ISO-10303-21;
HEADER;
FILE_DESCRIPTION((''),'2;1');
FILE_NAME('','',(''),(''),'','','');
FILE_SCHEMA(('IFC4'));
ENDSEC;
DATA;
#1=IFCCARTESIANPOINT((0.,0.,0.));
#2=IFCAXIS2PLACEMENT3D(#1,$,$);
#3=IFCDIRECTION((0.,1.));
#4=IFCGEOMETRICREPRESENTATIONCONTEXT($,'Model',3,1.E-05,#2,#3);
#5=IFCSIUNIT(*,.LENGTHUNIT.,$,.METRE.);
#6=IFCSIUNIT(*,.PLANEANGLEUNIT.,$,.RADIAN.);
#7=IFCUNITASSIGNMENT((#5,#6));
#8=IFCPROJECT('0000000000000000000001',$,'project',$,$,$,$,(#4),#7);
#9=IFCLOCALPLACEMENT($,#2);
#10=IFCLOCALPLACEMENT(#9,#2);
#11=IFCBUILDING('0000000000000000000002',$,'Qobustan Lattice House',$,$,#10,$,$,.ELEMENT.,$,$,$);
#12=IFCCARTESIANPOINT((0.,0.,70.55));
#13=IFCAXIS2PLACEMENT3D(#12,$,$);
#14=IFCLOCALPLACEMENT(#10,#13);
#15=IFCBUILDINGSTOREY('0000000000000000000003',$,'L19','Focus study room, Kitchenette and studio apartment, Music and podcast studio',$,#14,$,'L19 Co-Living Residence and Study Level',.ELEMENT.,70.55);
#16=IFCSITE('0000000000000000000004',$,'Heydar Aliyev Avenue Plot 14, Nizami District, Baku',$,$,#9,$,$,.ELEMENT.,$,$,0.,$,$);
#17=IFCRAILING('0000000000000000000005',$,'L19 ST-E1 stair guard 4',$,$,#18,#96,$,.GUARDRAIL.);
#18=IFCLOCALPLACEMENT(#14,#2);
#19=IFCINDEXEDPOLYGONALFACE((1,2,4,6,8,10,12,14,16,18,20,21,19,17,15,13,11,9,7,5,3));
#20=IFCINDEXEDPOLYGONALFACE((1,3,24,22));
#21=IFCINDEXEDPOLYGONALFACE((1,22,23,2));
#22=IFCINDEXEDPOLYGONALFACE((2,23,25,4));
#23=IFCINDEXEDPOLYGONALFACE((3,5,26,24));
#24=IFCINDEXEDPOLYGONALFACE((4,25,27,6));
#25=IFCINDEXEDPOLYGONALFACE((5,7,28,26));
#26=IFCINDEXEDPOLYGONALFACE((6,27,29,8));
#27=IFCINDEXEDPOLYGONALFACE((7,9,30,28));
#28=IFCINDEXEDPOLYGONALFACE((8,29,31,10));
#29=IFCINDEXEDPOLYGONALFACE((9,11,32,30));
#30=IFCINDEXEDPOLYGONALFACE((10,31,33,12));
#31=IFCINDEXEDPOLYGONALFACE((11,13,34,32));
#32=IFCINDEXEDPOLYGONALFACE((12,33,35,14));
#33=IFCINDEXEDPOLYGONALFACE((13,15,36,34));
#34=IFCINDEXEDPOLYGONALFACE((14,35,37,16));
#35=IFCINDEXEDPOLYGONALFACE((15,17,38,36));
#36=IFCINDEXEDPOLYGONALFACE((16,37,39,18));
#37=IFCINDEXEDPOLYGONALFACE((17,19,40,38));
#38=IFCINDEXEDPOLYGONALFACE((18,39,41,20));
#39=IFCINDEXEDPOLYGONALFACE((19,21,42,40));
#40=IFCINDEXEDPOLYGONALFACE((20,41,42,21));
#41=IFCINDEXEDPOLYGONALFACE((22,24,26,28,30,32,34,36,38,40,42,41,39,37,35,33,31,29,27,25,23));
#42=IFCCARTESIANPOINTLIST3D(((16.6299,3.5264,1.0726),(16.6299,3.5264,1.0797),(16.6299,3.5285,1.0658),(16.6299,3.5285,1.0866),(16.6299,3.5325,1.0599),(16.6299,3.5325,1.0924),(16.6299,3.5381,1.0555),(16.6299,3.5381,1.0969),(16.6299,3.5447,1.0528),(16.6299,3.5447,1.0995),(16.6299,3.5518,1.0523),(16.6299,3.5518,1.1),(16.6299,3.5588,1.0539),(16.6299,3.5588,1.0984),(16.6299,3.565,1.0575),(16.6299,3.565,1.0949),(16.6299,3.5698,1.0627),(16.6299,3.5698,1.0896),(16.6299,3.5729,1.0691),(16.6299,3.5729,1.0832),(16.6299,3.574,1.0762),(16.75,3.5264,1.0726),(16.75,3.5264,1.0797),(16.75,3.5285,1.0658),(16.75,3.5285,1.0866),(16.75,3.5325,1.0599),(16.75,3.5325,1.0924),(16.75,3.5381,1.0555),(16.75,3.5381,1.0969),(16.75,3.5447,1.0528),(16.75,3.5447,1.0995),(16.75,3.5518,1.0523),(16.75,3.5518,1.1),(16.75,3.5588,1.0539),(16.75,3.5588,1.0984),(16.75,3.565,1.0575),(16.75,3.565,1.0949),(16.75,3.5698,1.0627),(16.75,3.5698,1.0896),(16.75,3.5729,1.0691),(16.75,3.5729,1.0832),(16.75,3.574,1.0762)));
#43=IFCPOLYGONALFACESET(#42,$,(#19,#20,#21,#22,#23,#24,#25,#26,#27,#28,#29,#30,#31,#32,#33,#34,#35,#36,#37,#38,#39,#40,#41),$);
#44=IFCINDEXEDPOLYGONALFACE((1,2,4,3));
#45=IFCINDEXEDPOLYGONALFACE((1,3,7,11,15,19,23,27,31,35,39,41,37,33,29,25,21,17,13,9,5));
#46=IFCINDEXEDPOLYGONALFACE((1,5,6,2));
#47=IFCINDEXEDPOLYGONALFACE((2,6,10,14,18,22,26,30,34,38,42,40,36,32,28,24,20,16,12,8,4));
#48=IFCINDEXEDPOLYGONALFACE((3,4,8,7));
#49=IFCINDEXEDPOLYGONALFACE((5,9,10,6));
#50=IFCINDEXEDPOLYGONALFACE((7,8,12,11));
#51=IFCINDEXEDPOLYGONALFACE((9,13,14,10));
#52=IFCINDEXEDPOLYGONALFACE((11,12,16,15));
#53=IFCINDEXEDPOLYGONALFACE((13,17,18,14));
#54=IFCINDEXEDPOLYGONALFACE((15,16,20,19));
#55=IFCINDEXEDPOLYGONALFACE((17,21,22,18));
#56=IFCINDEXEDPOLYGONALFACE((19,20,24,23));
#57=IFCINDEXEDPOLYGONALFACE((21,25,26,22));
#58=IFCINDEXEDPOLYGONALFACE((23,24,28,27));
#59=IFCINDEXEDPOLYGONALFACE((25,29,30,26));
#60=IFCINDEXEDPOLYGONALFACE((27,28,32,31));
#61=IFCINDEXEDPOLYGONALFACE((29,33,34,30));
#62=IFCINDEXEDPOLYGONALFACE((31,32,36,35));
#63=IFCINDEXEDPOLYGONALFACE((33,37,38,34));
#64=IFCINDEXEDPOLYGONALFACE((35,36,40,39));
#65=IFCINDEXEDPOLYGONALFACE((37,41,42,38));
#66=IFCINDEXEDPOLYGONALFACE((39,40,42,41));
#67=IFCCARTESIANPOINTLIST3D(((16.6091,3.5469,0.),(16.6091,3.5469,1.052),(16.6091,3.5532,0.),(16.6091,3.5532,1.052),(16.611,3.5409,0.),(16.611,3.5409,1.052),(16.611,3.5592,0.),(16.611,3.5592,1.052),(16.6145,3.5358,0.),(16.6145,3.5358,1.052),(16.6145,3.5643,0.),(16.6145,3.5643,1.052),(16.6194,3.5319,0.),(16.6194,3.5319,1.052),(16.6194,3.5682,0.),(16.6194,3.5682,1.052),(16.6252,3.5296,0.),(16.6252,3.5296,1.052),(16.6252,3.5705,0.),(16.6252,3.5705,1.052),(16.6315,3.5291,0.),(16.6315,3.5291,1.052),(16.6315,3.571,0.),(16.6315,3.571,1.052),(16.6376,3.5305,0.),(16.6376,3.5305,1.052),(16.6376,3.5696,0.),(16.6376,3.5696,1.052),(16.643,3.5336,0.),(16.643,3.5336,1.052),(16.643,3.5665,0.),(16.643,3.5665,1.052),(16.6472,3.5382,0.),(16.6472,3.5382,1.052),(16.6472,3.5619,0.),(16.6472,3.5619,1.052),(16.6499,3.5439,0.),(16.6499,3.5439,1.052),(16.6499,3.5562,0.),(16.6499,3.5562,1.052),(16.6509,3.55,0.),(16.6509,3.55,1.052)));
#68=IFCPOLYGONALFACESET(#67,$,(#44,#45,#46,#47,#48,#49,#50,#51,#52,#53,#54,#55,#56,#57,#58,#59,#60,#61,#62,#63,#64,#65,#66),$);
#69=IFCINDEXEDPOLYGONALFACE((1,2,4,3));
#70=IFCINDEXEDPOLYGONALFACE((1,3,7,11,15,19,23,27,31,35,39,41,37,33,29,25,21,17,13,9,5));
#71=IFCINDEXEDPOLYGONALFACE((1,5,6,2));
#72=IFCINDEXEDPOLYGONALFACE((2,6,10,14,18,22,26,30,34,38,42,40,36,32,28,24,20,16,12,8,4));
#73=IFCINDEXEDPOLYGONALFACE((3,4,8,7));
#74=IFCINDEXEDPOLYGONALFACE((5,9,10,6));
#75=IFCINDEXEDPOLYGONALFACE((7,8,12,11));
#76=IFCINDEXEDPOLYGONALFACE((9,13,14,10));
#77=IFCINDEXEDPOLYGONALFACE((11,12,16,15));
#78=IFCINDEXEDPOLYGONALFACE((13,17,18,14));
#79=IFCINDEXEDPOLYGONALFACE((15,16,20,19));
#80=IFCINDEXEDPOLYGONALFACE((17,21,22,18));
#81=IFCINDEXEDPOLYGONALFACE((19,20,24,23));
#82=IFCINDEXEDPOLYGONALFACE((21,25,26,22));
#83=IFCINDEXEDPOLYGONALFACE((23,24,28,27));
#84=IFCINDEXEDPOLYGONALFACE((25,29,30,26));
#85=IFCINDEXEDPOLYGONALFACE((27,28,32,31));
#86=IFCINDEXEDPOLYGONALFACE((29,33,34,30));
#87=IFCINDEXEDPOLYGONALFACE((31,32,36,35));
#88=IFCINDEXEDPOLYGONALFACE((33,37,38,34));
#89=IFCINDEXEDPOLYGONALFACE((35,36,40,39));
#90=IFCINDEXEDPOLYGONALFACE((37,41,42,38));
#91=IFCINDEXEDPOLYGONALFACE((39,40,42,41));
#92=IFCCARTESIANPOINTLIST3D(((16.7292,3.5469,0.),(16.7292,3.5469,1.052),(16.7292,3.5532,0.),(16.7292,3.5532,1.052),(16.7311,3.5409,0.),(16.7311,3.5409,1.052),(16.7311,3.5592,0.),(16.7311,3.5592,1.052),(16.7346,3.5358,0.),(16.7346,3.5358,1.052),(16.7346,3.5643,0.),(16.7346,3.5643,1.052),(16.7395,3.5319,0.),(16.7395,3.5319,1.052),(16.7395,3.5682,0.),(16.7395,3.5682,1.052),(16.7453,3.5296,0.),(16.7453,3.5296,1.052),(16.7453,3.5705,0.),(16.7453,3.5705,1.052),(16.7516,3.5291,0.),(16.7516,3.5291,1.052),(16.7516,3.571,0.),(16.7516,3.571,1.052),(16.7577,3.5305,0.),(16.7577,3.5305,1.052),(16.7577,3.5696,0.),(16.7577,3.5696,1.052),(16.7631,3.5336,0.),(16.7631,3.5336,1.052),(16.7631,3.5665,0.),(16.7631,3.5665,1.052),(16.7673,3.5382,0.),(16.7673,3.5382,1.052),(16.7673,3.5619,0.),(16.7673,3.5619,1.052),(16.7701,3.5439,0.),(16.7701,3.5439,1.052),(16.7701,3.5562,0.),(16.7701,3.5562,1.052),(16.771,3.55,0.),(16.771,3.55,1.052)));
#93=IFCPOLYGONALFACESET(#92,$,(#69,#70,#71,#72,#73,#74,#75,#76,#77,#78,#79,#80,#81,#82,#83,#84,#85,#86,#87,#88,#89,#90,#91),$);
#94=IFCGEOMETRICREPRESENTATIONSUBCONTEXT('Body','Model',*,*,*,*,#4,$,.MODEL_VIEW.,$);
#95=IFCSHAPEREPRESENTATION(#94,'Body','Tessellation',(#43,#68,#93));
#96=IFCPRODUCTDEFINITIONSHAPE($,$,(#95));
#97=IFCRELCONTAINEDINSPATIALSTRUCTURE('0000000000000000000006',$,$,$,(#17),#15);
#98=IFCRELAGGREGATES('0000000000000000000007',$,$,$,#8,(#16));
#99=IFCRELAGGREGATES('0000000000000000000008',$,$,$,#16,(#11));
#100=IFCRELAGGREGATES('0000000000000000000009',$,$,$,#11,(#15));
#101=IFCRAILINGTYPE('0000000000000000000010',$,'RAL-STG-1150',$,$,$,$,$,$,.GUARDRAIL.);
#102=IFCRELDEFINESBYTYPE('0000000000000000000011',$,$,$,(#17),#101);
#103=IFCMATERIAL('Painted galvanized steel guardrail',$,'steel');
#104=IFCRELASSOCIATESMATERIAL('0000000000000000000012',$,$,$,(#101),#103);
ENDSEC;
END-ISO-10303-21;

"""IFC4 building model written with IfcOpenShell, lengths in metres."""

from ifc_helpers import new_model, si_unit, direction, frame, origin, origin_2d, place, context, subcontext, project, spatial, circle, extrude, material, type_object, element, save


model = new_model("IFC4")

# Units and contexts
model_context = context("Model", 3, precision=1e-05, world=origin(), true_north=direction((0.0, 1.0)))
body_context = subcontext(model_context, "Body", "Model", "MODEL_VIEW")
ifc_project = project(units=[si_unit("LENGTHUNIT", "METRE"), si_unit("PLANEANGLEUNIT", "RADIAN")], contexts=[model_context])

# Site, building, storey
site_placement = place(None, origin())
site = spatial("IfcSite", under=ifc_project, at=site_placement, Name="Heydar Aliyev Avenue Plot 14, Nizami District, Baku", CompositionType="ELEMENT", RefElevation=0.0)
building_placement = place(site_placement, origin())
building = spatial("IfcBuilding", under=site, at=building_placement, Name="Qobustan Lattice House", CompositionType="ELEMENT")
storey_placement = place(building_placement, frame((0.0, 0.0, 70.55)))
storey = spatial("IfcBuildingStorey", under=building, at=storey_placement, Name="L19", Description="Focus study room, Kitchenette and studio apartment, Music and podcast studio", LongName="L19 Co-Living Residence and Study Level", CompositionType="ELEMENT", Elevation=70.55)

# Railing
ifc_material_1 = material(Name="Painted galvanized steel guardrail", Category="steel")
railing_type_1 = type_object("IfcRailingType", Name="RAL-STG-1150", PredefinedType="GUARDRAIL", material=ifc_material_1)
railing_1_placement = place(storey_placement, frame((16.6299, 3.55, 0.0)))
element("IfcRailing", 1, at=railing_1_placement, inside=storey, type_object=railing_type_1, Name="L19 ST-E1 stair guard 4", PredefinedType="GUARDRAIL", context=body_context, shape_type="SweptSolid", body=[
    extrude(circle(Radius=0.0239, at=origin_2d()), frame((0.0, 0.0, 1.0762), z_axis=(1.0, 0.0, 0.0), x_axis=(0.0, 1.0, 0.0)), (0.0, 0.0, 1.0), 0.1201),
    extrude(circle(Radius=0.021, at=origin_2d()), origin(), (0.0, 0.0, 1.0), 1.052),
    extrude(circle(Radius=0.021, at=origin_2d()), frame((0.1201, 0.0, 0.0)), (0.0, 0.0, 1.0), 1.052),
])

save(model, "model.ifc")
